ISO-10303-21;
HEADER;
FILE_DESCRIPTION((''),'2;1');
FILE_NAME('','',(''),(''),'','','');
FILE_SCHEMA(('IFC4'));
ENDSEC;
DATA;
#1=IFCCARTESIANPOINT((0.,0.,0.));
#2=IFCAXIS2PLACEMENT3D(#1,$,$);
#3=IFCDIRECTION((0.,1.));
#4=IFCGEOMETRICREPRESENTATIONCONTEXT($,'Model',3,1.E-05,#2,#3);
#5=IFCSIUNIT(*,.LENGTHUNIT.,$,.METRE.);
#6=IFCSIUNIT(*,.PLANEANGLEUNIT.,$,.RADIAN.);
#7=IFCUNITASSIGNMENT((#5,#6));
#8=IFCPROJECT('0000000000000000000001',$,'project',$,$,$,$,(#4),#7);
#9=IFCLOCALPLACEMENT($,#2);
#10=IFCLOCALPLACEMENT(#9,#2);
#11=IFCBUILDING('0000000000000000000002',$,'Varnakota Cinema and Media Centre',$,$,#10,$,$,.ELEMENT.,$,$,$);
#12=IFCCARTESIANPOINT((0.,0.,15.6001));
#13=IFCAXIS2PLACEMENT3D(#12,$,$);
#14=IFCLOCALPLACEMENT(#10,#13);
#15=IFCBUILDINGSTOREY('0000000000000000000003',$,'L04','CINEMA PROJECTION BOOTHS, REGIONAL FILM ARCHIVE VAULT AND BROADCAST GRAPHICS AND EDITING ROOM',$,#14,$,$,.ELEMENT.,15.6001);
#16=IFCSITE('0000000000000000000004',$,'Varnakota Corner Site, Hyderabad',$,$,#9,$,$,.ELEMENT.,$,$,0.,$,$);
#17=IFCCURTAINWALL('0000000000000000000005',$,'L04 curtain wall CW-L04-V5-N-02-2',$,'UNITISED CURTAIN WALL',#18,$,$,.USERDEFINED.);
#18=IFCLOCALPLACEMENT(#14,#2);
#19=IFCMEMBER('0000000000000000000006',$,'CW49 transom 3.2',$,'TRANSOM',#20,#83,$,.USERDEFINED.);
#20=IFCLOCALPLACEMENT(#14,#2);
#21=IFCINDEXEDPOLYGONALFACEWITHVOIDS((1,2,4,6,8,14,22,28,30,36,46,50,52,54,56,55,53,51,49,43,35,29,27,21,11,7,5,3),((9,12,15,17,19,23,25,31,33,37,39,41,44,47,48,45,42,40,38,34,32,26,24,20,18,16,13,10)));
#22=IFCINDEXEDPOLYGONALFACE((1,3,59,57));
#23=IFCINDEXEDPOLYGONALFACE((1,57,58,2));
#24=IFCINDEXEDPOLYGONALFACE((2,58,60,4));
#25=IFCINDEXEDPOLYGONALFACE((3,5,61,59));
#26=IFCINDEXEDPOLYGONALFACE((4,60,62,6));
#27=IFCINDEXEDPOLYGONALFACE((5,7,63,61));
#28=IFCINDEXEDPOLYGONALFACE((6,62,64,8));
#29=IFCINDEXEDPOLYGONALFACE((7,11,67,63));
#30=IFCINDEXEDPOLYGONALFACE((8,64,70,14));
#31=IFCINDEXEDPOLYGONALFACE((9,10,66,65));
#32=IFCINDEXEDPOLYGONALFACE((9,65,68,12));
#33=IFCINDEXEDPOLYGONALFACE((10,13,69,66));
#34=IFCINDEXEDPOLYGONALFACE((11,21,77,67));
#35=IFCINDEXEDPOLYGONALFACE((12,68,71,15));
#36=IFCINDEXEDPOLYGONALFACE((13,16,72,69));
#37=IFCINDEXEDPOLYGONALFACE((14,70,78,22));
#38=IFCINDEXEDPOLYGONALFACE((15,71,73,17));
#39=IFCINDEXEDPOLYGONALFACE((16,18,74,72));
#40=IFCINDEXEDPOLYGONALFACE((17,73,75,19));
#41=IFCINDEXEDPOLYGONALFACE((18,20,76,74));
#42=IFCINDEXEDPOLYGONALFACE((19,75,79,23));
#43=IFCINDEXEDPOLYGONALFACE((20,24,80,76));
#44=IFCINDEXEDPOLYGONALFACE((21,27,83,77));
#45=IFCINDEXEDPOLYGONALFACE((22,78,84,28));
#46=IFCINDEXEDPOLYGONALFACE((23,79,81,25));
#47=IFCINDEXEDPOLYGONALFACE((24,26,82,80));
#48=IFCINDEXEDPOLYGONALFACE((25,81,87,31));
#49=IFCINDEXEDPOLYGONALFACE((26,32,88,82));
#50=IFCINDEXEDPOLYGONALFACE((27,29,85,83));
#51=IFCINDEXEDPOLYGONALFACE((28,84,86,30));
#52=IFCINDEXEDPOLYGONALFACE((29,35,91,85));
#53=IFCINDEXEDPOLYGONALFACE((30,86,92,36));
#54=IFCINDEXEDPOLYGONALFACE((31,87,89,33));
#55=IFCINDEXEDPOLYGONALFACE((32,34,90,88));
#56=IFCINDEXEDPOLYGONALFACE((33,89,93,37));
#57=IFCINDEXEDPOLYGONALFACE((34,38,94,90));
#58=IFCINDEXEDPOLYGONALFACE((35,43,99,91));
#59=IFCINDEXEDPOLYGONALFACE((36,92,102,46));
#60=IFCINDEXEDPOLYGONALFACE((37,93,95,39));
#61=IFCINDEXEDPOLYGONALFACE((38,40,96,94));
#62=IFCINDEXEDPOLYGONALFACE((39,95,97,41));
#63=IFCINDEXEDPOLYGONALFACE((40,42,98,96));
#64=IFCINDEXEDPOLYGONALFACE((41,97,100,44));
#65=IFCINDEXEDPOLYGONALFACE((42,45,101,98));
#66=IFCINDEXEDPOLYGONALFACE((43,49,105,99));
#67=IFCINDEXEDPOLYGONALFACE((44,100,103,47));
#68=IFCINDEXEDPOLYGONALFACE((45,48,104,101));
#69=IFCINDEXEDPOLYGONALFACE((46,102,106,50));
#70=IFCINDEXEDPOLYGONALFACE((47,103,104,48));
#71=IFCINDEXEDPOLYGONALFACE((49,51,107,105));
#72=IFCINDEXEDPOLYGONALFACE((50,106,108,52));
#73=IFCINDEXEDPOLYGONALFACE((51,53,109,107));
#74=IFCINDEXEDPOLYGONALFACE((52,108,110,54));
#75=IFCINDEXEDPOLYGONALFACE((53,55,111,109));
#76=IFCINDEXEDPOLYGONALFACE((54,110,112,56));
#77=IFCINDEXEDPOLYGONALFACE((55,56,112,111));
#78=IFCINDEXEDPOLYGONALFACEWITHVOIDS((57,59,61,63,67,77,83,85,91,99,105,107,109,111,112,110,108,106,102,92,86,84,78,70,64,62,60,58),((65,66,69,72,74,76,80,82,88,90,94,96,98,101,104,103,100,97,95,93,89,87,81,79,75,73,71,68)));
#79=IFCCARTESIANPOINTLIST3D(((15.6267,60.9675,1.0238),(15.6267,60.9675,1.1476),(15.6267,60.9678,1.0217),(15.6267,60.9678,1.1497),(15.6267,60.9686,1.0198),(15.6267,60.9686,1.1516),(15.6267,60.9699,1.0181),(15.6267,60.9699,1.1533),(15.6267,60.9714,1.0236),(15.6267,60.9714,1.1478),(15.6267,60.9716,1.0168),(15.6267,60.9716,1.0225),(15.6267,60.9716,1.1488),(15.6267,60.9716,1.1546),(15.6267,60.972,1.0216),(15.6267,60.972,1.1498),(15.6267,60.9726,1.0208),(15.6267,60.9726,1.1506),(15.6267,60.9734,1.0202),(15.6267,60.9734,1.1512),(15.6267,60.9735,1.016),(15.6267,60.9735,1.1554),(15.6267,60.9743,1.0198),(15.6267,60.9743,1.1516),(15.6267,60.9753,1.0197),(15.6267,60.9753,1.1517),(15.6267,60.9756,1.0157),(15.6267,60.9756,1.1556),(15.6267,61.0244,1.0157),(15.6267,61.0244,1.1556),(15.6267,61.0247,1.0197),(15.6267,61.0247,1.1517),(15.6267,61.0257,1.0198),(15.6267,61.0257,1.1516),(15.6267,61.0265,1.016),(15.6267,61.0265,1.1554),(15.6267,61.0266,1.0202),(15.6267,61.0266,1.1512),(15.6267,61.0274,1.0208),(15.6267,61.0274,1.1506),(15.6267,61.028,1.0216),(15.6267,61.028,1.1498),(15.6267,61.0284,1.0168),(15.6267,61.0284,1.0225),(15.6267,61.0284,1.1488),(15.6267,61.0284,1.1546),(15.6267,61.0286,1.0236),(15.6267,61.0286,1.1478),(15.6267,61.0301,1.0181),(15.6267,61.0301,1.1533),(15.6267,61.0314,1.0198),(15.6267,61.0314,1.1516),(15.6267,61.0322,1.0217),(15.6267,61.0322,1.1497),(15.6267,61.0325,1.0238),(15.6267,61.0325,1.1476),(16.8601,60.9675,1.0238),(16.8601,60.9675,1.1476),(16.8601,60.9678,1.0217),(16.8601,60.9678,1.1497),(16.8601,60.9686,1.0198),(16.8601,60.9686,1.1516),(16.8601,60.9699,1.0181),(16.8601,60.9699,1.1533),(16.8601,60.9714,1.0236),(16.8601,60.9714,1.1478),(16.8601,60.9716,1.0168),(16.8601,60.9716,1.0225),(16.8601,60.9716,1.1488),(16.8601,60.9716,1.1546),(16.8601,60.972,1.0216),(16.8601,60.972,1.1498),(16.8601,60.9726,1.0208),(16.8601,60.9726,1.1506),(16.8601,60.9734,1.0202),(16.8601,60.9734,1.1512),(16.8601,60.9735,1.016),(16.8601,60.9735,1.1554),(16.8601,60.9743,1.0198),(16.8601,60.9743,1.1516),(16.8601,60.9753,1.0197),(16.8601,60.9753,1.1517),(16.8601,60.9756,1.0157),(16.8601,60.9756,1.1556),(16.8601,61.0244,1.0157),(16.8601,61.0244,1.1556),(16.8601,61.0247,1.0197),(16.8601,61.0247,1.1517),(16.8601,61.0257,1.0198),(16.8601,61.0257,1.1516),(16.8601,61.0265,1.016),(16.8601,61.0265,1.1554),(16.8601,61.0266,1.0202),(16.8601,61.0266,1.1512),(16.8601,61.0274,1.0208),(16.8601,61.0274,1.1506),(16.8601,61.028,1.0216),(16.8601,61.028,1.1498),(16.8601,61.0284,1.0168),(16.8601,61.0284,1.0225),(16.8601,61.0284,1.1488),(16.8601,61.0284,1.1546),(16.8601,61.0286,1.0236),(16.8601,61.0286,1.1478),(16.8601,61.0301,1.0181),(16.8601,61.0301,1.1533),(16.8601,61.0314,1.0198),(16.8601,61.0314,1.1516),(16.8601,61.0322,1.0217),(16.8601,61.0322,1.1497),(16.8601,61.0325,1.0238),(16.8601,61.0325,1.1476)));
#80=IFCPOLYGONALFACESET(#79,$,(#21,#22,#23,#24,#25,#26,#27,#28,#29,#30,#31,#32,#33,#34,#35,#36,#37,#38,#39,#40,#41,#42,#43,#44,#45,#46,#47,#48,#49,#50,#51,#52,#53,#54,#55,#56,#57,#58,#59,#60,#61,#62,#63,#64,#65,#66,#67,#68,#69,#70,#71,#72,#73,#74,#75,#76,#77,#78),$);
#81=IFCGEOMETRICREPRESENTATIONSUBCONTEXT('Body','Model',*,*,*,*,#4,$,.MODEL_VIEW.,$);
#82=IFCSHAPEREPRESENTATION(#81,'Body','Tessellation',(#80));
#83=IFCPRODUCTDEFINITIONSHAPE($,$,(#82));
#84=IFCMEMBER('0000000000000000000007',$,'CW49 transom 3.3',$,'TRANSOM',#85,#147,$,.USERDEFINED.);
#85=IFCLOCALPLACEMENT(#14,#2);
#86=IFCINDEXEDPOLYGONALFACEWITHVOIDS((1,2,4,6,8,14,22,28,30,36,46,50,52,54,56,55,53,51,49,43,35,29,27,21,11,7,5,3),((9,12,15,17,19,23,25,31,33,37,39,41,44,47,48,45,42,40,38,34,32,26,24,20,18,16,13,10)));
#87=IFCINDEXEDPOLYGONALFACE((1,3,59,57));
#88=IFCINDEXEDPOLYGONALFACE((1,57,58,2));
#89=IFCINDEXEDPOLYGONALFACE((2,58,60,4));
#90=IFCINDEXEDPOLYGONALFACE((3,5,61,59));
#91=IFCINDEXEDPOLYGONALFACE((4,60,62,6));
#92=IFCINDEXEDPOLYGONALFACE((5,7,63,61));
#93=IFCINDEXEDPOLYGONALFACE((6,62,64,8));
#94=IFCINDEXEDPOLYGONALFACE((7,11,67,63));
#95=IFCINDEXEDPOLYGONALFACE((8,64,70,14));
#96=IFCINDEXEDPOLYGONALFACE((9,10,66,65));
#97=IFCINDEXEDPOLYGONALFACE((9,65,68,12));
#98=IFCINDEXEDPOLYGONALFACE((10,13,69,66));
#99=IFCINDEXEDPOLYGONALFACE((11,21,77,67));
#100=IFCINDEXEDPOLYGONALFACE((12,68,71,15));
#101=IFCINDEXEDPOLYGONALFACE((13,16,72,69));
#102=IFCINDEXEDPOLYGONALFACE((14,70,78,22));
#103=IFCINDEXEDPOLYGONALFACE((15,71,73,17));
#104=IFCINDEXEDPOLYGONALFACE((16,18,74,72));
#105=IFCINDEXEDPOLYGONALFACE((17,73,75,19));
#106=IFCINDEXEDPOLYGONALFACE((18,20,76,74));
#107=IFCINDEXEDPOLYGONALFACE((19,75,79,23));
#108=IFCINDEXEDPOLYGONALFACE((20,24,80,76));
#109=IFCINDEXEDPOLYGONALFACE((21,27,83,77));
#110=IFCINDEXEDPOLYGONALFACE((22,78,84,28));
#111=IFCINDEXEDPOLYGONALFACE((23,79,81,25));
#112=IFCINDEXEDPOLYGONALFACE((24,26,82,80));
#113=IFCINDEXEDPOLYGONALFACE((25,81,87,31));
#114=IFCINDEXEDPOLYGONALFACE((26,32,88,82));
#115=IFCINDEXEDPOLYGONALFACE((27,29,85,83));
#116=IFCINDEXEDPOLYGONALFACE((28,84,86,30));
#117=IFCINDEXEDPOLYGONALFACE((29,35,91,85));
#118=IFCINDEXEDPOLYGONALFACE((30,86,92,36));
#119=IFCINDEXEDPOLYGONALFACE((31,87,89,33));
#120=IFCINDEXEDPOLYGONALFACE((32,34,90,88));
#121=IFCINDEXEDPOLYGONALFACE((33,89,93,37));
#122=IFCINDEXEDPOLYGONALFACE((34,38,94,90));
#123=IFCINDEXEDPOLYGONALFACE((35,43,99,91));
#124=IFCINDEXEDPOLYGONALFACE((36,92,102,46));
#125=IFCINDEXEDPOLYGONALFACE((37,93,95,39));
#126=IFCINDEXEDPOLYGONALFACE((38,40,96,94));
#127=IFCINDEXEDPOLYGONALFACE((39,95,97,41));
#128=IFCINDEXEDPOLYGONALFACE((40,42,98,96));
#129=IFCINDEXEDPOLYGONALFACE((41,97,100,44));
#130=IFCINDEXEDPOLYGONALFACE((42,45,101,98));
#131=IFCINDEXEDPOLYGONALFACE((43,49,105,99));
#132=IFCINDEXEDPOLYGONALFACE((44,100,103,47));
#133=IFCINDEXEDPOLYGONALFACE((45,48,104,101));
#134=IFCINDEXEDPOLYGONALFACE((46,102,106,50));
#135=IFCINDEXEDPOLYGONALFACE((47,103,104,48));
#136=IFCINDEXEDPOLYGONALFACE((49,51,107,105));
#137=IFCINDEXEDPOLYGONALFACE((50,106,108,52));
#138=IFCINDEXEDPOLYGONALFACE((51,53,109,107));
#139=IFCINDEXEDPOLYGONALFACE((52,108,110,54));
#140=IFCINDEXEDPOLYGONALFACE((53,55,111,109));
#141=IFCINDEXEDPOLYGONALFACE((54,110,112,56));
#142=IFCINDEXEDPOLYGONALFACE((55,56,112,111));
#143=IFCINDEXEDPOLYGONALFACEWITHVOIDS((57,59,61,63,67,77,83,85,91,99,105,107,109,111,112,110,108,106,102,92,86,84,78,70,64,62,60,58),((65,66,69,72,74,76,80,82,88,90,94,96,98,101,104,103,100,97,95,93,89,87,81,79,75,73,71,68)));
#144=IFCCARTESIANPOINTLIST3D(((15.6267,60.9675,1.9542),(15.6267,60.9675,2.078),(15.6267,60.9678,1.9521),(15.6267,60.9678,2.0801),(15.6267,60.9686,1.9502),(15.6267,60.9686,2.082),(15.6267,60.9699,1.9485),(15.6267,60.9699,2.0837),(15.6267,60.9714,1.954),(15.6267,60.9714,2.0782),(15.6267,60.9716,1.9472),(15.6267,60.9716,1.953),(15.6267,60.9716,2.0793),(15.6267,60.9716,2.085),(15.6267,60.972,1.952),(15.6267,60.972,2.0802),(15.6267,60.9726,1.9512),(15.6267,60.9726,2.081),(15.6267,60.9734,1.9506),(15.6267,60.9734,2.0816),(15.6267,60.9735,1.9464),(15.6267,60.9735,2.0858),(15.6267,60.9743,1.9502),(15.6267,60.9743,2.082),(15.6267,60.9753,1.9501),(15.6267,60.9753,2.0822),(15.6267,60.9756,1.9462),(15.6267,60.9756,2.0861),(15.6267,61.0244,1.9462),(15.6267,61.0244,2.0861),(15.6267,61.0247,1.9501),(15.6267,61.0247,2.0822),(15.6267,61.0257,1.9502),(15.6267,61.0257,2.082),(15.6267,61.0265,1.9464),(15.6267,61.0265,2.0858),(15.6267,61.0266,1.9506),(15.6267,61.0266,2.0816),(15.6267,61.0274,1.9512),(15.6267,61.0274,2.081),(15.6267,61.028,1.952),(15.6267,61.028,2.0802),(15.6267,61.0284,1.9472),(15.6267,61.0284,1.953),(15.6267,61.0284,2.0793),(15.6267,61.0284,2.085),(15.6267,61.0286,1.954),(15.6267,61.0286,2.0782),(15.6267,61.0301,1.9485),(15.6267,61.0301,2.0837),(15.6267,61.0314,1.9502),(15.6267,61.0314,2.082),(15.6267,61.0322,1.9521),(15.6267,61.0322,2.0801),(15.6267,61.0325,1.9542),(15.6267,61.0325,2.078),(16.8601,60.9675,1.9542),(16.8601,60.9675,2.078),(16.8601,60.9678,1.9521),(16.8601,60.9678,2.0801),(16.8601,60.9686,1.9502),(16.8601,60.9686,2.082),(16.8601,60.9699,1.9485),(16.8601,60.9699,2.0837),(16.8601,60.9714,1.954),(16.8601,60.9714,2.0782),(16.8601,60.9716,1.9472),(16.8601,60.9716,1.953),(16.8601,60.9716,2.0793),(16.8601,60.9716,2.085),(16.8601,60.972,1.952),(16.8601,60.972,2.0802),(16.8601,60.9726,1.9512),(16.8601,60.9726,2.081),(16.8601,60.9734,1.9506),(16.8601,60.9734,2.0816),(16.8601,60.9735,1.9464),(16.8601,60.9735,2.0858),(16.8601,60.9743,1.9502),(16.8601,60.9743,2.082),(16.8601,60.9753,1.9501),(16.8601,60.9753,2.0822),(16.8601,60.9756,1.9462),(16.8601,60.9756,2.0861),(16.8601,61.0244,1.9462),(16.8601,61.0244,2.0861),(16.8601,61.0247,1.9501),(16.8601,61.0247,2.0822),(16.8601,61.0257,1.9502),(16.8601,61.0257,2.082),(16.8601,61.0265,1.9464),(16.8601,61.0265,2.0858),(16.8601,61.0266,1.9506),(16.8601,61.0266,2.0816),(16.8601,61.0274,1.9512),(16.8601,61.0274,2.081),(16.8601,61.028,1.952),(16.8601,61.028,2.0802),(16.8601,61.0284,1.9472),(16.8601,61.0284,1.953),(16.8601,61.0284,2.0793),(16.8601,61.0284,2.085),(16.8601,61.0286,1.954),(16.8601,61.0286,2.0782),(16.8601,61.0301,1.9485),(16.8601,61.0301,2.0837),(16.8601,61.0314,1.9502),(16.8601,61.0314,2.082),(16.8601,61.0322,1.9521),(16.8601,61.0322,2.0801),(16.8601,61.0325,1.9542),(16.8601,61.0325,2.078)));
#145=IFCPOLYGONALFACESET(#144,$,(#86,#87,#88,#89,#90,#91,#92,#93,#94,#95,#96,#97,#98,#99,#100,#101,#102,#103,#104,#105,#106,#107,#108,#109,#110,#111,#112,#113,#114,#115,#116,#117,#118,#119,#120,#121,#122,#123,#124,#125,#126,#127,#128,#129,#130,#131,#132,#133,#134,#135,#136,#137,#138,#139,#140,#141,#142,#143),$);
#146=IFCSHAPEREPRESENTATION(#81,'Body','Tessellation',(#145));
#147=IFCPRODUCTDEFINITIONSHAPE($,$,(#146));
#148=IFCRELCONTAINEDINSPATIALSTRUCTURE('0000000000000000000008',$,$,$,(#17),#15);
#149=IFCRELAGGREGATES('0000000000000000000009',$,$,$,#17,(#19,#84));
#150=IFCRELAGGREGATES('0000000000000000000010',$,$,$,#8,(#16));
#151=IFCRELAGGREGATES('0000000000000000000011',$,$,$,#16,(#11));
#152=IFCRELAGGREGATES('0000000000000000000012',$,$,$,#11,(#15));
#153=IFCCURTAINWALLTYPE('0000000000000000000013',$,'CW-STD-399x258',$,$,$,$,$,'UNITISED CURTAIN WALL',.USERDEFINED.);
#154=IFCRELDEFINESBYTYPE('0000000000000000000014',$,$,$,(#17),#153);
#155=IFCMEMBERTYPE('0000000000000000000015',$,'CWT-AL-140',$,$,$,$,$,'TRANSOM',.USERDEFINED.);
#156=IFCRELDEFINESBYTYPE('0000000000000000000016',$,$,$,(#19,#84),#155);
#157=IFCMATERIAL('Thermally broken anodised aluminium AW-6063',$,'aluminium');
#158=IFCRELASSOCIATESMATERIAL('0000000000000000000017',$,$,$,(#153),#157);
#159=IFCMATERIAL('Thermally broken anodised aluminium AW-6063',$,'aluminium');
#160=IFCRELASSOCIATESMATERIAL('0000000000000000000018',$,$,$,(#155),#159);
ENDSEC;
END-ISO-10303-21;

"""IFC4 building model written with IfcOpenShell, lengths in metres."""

from ifc_helpers import new_model, si_unit, direction, frame, origin, origin_2d, place, context, subcontext, project, spatial, hollow_rectangle, extrude, material, material_profile, profile_set, type_object, element, aggregate, save


model = new_model("IFC4")

# Units and contexts
model_context = context("Model", 3, precision=1e-05, world=origin(), true_north=direction((0.0, 1.0)))
body_context = subcontext(model_context, "Body", "Model", "MODEL_VIEW")
ifc_project = project(units=[si_unit("LENGTHUNIT", "METRE"), si_unit("PLANEANGLEUNIT", "RADIAN")], contexts=[model_context])

# Site, building, storey
site_placement = place(None, origin())
site = spatial("IfcSite", under=ifc_project, at=site_placement, Name="Varnakota Corner Site, Hyderabad", CompositionType="ELEMENT", RefElevation=0.0)
building_placement = place(site_placement, origin())
building = spatial("IfcBuilding", under=site, at=building_placement, Name="Varnakota Cinema and Media Centre", CompositionType="ELEMENT")
storey_placement = place(building_placement, frame((0.0, 0.0, 15.6001)))
storey = spatial("IfcBuildingStorey", under=building, at=storey_placement, Name="L04", Description="CINEMA PROJECTION BOOTHS, REGIONAL FILM ARCHIVE VAULT AND BROADCAST GRAPHICS AND EDITING ROOM", CompositionType="ELEMENT", Elevation=15.6001)

# Curtain wall, members
ifc_material_1 = material(Name="Thermally broken anodised aluminium AW-6063", Category="aluminium")
curtain_wall_type_1 = type_object("IfcCurtainWallType", Name="CW-STD-399x258", ElementType="UNITISED CURTAIN WALL", PredefinedType="USERDEFINED", material=ifc_material_1)
curtain_wall_1_placement = place(storey_placement, origin())
curtain_wall_1 = element("IfcCurtainWall", 1, at=curtain_wall_1_placement, inside=storey, type_object=curtain_wall_type_1, Name="L04 curtain wall CW-L04-V5-N-02-2", ObjectType="UNITISED CURTAIN WALL", PredefinedType="USERDEFINED")
ifc_material_2 = material(Name="Thermally broken anodised aluminium AW-6063", Category="aluminium")
ifc_material_profile_1 = material_profile(ifc_material_2, hollow_rectangle(XDim=0.0649, YDim=0.1399, WallThickness=0.0039, InnerFilletRadius=0.0039, OuterFilletRadius=0.0081, at=origin_2d()), Name="AL-TRANSOM 140x65x4")
ifc_profile_set_1 = profile_set([ifc_material_profile_1], Name="Thermally broken anodised aluminium AW-6063")
member_type_1 = type_object("IfcMemberType", Name="CWT-AL-140", ElementType="TRANSOM", PredefinedType="USERDEFINED", material=ifc_profile_set_1)
member_1_placement = place(storey_placement, frame((15.6267, 61.0, 1.0857), z_axis=(1.0, 0.0, 0.0), x_axis=(0.0, 1.0, 0.0)))
member_1 = element("IfcMember", 2, at=member_1_placement, type_object=member_type_1, Name="CW49 transom 3.2", ObjectType="TRANSOM", PredefinedType="USERDEFINED", context=body_context, shape_type="SweptSolid", body=[
    extrude(hollow_rectangle(XDim=0.0649, YDim=0.1399, WallThickness=0.0039, InnerFilletRadius=0.0039, OuterFilletRadius=0.0081, at=origin_2d()), origin(), (0.0, 0.0, 1.0), 1.2334),
])
member_2_placement = place(storey_placement, frame((15.6267, 61.0, 2.0161), z_axis=(1.0, 0.0, 0.0), x_axis=(0.0, 1.0, 0.0)))
member_2 = element("IfcMember", 3, at=member_2_placement, type_object=member_type_1, Name="CW49 transom 3.3", ObjectType="TRANSOM", PredefinedType="USERDEFINED", context=body_context, shape_type="SweptSolid", body=[
    extrude(hollow_rectangle(XDim=0.0649, YDim=0.1399, WallThickness=0.0039, InnerFilletRadius=0.0039, OuterFilletRadius=0.0081, at=origin_2d()), origin(), (0.0, 0.0, 1.0), 1.2334),
])
aggregate(curtain_wall_1, [member_1, member_2])

save(model, "model.ifc")
